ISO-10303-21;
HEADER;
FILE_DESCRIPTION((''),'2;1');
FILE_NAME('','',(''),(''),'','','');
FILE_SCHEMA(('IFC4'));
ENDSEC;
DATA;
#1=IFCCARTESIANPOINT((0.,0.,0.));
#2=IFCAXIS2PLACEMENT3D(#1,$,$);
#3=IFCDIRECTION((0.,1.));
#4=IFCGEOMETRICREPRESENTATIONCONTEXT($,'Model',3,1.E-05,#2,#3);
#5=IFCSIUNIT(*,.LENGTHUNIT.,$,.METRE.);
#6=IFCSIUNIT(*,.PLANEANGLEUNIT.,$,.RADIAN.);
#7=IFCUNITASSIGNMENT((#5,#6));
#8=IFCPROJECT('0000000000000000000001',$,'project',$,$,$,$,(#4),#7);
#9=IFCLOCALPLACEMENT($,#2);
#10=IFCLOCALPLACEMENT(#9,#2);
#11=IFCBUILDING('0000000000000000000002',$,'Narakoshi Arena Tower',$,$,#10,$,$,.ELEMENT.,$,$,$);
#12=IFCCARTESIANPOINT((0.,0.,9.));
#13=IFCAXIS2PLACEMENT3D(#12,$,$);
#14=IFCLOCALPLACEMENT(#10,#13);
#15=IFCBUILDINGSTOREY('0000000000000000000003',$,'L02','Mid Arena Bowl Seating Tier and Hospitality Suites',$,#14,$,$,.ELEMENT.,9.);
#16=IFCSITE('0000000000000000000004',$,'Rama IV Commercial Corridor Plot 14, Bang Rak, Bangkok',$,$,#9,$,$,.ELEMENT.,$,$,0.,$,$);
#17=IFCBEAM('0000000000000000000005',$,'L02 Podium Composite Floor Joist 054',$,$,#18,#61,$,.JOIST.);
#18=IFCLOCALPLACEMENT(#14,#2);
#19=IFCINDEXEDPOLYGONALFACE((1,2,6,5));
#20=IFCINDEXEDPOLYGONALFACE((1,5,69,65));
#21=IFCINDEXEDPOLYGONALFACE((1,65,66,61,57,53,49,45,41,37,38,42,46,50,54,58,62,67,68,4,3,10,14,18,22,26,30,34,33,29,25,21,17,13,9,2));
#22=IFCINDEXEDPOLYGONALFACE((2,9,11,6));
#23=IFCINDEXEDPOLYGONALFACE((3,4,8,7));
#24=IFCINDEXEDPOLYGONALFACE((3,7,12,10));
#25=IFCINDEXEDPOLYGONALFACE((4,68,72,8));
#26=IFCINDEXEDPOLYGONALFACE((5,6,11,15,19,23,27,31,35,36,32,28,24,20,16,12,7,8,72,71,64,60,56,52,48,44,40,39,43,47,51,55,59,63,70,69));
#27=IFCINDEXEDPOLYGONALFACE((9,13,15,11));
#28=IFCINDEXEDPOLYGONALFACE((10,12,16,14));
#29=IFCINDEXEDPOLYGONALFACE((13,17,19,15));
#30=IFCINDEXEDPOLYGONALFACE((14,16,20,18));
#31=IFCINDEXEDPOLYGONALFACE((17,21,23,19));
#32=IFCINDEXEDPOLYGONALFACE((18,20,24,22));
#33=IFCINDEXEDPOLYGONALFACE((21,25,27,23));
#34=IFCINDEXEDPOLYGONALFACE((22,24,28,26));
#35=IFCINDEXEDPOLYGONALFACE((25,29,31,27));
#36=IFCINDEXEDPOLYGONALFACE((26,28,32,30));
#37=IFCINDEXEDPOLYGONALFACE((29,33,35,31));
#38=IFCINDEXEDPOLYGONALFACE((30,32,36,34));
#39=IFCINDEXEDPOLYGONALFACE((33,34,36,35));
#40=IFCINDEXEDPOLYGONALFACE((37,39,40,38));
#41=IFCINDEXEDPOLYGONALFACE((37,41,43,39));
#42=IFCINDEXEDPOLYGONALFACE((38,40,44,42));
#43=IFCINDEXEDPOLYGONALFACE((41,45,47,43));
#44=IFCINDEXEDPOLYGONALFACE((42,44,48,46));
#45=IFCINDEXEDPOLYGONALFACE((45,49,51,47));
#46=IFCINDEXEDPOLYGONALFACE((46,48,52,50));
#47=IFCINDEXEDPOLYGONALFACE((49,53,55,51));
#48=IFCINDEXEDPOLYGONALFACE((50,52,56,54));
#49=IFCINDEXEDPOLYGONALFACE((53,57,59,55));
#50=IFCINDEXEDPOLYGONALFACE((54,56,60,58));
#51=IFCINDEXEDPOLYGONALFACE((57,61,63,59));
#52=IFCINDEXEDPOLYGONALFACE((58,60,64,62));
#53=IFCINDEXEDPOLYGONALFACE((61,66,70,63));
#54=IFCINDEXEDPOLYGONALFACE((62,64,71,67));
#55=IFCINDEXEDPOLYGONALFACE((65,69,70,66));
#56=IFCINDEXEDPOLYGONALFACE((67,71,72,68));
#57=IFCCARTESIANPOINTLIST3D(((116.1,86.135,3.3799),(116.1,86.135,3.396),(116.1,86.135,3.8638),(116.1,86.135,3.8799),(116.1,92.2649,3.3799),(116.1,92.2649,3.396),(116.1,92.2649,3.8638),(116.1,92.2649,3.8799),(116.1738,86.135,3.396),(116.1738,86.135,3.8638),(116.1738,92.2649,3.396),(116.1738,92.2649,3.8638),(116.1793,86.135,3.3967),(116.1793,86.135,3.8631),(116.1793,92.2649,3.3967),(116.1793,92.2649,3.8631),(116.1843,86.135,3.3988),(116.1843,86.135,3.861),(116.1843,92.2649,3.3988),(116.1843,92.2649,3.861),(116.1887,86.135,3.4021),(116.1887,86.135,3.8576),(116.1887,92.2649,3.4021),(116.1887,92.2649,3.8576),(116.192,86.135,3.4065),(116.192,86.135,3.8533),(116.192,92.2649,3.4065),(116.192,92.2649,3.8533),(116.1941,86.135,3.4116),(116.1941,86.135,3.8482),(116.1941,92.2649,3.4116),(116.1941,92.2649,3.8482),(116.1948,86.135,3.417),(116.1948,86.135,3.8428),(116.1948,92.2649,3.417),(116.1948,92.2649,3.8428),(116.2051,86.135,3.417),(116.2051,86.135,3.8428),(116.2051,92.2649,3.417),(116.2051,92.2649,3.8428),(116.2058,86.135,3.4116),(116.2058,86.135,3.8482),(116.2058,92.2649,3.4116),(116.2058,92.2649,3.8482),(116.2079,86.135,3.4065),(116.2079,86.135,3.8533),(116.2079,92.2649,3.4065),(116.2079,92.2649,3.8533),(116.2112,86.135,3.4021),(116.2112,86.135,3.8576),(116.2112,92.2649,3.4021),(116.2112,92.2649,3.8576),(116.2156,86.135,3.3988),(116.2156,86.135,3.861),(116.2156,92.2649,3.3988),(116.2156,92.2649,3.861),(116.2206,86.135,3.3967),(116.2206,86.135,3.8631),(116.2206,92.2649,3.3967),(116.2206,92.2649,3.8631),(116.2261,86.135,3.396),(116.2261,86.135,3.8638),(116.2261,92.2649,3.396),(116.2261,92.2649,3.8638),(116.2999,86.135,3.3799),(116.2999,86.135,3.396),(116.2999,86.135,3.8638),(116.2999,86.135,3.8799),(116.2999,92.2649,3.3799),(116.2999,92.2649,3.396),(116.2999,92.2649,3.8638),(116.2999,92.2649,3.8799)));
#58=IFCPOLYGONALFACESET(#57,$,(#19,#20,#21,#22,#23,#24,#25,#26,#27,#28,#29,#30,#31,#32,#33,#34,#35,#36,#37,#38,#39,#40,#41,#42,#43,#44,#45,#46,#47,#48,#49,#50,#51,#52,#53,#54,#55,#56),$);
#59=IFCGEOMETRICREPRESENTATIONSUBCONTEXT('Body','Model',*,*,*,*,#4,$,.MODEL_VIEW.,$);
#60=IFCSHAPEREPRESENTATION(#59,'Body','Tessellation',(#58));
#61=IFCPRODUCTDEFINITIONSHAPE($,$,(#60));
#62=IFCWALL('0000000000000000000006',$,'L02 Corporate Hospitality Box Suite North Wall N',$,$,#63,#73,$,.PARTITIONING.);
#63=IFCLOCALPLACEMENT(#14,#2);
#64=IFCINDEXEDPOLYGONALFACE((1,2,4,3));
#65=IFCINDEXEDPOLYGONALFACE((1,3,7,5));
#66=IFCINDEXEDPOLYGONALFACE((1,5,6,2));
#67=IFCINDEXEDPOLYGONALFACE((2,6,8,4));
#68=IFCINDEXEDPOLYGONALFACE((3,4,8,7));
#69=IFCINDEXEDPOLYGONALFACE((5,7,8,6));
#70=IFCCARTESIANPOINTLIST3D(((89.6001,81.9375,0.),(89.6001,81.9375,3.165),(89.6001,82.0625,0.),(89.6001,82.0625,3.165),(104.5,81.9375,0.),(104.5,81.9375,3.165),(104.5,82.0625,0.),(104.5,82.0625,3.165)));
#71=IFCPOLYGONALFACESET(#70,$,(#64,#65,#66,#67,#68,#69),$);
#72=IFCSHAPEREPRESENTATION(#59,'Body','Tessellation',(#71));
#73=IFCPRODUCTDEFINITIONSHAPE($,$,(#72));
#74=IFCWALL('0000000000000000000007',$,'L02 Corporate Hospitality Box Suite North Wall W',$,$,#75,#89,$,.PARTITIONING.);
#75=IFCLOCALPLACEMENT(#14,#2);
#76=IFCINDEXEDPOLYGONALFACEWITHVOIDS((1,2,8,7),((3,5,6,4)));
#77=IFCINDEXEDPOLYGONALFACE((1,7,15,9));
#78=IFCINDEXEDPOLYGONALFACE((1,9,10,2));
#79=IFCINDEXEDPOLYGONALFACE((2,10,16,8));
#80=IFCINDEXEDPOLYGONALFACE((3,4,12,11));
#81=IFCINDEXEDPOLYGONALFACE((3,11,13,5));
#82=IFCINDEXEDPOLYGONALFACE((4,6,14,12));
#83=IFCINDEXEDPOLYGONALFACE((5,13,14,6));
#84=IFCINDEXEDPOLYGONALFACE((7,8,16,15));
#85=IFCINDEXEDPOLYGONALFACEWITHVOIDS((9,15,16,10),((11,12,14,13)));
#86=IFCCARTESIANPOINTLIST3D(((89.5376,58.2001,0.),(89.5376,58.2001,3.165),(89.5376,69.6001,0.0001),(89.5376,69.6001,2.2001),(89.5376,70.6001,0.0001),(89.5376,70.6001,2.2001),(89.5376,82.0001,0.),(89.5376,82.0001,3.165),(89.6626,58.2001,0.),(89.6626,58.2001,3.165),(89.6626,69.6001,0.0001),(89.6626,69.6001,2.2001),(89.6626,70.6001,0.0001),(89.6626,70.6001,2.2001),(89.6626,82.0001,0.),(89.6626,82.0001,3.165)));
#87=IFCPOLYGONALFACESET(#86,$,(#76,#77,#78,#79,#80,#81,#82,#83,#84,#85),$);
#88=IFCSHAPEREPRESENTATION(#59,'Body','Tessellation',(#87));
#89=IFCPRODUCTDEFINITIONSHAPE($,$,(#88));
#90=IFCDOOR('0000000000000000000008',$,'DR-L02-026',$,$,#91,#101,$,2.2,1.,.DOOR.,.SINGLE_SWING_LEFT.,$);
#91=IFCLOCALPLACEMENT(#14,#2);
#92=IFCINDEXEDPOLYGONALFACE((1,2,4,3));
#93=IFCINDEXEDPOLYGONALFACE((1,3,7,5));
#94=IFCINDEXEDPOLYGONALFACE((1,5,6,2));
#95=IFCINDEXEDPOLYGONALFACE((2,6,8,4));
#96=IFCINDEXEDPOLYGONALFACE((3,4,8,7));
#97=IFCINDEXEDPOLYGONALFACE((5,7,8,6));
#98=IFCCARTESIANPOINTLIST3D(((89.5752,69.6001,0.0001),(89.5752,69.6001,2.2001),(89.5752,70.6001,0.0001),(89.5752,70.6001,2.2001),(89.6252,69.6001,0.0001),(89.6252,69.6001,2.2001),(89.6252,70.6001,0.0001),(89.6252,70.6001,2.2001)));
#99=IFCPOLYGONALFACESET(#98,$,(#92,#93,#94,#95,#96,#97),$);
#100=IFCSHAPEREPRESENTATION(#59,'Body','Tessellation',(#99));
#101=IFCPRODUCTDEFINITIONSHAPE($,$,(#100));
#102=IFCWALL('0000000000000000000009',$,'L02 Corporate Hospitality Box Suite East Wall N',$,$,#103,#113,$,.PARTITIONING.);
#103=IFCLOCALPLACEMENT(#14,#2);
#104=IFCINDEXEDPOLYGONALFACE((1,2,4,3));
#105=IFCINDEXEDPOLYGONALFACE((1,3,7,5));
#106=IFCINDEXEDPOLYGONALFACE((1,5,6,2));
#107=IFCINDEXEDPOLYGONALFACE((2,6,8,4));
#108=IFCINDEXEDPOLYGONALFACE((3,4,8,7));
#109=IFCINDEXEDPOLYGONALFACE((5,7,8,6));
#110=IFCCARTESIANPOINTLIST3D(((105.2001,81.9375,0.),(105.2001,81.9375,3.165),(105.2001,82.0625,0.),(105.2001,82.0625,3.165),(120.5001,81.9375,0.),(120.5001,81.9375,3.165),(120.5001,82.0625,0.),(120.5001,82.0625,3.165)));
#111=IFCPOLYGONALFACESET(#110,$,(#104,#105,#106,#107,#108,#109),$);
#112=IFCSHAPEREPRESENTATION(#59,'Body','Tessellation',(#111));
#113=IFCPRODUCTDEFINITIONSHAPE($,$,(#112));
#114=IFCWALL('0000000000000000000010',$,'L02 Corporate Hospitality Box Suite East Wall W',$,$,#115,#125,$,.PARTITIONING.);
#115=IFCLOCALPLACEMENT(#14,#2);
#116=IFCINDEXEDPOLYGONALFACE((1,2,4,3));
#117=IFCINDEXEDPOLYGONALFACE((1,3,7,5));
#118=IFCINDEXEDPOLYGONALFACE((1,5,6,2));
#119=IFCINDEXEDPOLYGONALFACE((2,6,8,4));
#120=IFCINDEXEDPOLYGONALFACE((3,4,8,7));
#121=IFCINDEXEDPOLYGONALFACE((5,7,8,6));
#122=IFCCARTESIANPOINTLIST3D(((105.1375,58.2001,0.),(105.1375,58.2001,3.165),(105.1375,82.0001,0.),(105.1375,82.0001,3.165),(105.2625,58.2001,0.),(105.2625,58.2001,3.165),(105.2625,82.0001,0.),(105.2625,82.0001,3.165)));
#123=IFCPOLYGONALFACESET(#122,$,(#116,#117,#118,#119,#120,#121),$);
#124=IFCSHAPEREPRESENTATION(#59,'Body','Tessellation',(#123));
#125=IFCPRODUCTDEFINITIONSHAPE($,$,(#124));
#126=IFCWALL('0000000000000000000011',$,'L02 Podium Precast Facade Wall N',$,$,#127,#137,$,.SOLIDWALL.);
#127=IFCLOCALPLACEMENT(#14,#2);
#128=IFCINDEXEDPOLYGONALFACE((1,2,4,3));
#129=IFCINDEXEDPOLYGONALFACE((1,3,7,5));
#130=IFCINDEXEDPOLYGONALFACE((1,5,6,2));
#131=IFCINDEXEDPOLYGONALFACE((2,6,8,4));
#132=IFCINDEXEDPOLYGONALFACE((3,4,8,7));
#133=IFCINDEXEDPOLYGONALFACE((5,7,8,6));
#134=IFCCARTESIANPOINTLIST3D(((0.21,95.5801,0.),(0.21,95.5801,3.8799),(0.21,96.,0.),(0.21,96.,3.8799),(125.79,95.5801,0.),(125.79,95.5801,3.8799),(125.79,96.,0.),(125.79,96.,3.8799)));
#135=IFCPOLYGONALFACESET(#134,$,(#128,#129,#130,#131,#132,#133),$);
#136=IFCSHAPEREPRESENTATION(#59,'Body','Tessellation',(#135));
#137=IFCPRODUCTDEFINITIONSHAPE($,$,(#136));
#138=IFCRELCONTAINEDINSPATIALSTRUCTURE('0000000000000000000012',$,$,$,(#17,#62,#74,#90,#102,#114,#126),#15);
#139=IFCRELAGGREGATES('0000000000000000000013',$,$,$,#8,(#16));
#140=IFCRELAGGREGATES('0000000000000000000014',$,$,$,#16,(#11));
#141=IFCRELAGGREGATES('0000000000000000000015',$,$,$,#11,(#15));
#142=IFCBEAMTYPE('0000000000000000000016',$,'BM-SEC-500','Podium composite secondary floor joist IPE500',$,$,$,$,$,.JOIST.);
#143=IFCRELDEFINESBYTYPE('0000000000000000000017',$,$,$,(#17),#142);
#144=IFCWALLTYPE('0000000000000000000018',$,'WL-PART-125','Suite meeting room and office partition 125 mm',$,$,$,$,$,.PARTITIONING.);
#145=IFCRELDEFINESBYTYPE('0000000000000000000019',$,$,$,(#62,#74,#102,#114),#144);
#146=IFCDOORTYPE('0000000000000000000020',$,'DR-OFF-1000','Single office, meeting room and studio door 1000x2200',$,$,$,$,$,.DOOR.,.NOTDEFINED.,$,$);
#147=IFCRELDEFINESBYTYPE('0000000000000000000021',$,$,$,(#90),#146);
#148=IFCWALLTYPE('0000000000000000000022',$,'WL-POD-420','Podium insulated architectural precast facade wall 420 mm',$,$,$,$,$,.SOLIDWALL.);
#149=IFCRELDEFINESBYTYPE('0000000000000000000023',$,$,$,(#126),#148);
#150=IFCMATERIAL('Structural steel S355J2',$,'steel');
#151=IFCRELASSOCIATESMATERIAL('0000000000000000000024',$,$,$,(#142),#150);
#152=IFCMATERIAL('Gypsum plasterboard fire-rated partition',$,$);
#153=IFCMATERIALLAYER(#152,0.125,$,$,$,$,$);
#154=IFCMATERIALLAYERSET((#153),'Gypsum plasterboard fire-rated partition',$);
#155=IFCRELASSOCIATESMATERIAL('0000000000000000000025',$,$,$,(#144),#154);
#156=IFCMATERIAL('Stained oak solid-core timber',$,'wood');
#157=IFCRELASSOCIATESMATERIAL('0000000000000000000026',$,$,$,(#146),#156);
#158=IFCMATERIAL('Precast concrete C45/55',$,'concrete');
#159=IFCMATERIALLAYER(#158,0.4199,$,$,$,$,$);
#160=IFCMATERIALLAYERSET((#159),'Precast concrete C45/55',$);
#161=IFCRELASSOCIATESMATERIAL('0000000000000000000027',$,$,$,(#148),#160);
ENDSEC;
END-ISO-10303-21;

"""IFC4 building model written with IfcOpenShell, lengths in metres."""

from ifc_helpers import new_model, si_unit, direction, frame, frame_2d, origin, origin_2d, place, context, subcontext, project, spatial, rectangle, i_section, extrude, material, layer, layer_set, material_profile, profile_set, type_object, element, fill, save


model = new_model("IFC4")

# Units and contexts
model_context = context("Model", 3, precision=1e-05, world=origin(), true_north=direction((0.0, 1.0)))
body_context = subcontext(model_context, "Body", "Model", "MODEL_VIEW")
ifc_project = project(units=[si_unit("LENGTHUNIT", "METRE"), si_unit("PLANEANGLEUNIT", "RADIAN")], contexts=[model_context])

# Site, building, storey
site_placement = place(None, origin())
site = spatial("IfcSite", under=ifc_project, at=site_placement, Name="Rama IV Commercial Corridor Plot 14, Bang Rak, Bangkok", CompositionType="ELEMENT", RefElevation=0.0)
building_placement = place(site_placement, origin())
building = spatial("IfcBuilding", under=site, at=building_placement, Name="Narakoshi Arena Tower", CompositionType="ELEMENT")
storey_placement = place(building_placement, frame((0.0, 0.0, 9.0)))
storey = spatial("IfcBuildingStorey", under=building, at=storey_placement, Name="L02", Description="Mid Arena Bowl Seating Tier and Hospitality Suites", CompositionType="ELEMENT", Elevation=9.0)

# Beam
ifc_material_1 = material(Name="Structural steel S355J2", Category="steel")
ifc_material_profile_1 = material_profile(ifc_material_1, i_section(OverallWidth=0.2, OverallDepth=0.5, WebThickness=0.0103, FlangeThickness=0.0161, FilletRadius=0.021, at=origin_2d()), Name="IPE500")
ifc_profile_set_1 = profile_set([ifc_material_profile_1], Name="Structural steel S355J2")
beam_type_1 = type_object("IfcBeamType", Name="BM-SEC-500", Description="Podium composite secondary floor joist IPE500", PredefinedType="JOIST", material=ifc_profile_set_1)
beam_1_placement = place(storey_placement, frame((116.2, 86.135, 3.6299), z_axis=(0.0, 1.0, 0.0), x_axis=(-1.0, 0.0, 0.0)))
element("IfcBeam", 1, at=beam_1_placement, inside=storey, type_object=beam_type_1, Name="L02 Podium Composite Floor Joist 054", PredefinedType="JOIST", context=body_context, shape_type="SweptSolid", body=[
    extrude(i_section(OverallWidth=0.2, OverallDepth=0.5, WebThickness=0.0103, FlangeThickness=0.0161, FilletRadius=0.021, at=origin_2d()), origin(), (0.0, 0.0, 1.0), 6.1299),
])

# Wall
ifc_material_2 = material(Name="Gypsum plasterboard fire-rated partition")
ifc_layer_1 = layer(ifc_material_2, 0.125)
ifc_layer_set_1 = layer_set([ifc_layer_1], Name="Gypsum plasterboard fire-rated partition")
wall_type_1 = type_object("IfcWallType", Name="WL-PART-125", Description="Suite meeting room and office partition 125 mm", PredefinedType="PARTITIONING", material=ifc_layer_set_1)
wall_1_placement = place(storey_placement, frame((104.5, 82.0, 0.0), z_axis=(0.0, 0.0, 1.0), x_axis=(-1.0, 0.0, 0.0)))
element("IfcWall", 2, at=wall_1_placement, inside=storey, type_object=wall_type_1, Name="L02 Corporate Hospitality Box Suite North Wall N", PredefinedType="PARTITIONING", context=body_context, shape_type="SweptSolid", body=[
    extrude(rectangle(XDim=14.8999, YDim=0.125, at=frame_2d((7.45, 0.0))), origin(), (0.0, 0.0, 1.0), 3.165),
])

# Wall, opening, door
wall_2_placement = place(storey_placement, frame((89.6001, 82.0, 0.0), z_axis=(0.0, 0.0, 1.0), x_axis=(0.0, -1.0, 0.0)))
wall_2 = element("IfcWall", 3, at=wall_2_placement, inside=storey, type_object=wall_type_1, Name="L02 Corporate Hospitality Box Suite North Wall W", PredefinedType="PARTITIONING", context=body_context, shape_type="SweptSolid", body=[
    extrude(rectangle(XDim=23.8, YDim=0.125, at=frame_2d((11.8999, 0.0))), origin(), (0.0, 0.0, 1.0), 3.165),
])
opening_placement = place(wall_2_placement, frame((11.3999, 0.0, 0.0)))
opening = element("IfcOpeningElement", 4, at=opening_placement, cuts=wall_2, PredefinedType="OPENING", context=body_context, shape_type="SweptSolid", body=[
    extrude(rectangle(XDim=1.0, YDim=2.2, at=frame_2d((0.5, 1.1001))), frame((0.0, 0.0725, 0.0), z_axis=(0.0, -1.0, 0.0), x_axis=(1.0, 0.0, 0.0)), (0.0, 0.0, 1.0), 0.145),
])
ifc_material_3 = material(Name="Stained oak solid-core timber", Category="wood")
door_type = type_object("IfcDoorType", Name="DR-OFF-1000", Description="Single office, meeting room and studio door 1000x2200", OperationType="NOTDEFINED", PredefinedType="DOOR", material=ifc_material_3)
door_placement = place(opening_placement, frame((1.0, 0.0, 0.0), z_axis=(0.0, 0.0, 1.0), x_axis=(-1.0, 0.0, 0.0)))
door = element("IfcDoor", 5, at=door_placement, inside=storey, type_object=door_type, Name="DR-L02-026", OperationType="SINGLE_SWING_LEFT", OverallHeight=2.2, OverallWidth=1.0, PredefinedType="DOOR", context=body_context, shape_type="SweptSolid", body=[
    extrude(rectangle(XDim=1.0, YDim=2.2, at=frame_2d((0.5, 1.1001))), frame((0.0, 0.0249, 0.0), z_axis=(0.0, -1.0, 0.0), x_axis=(1.0, 0.0, 0.0)), (0.0, 0.0, 1.0), 0.05),
])
fill(opening, door)

# Walls
wall_3_placement = place(storey_placement, frame((120.5, 82.0, 0.0), z_axis=(0.0, 0.0, 1.0), x_axis=(-1.0, 0.0, 0.0)))
element("IfcWall", 6, at=wall_3_placement, inside=storey, type_object=wall_type_1, Name="L02 Corporate Hospitality Box Suite East Wall N", PredefinedType="PARTITIONING", context=body_context, shape_type="SweptSolid", body=[
    extrude(rectangle(XDim=15.3, YDim=0.125, at=frame_2d((7.6499, 0.0))), origin(), (0.0, 0.0, 1.0), 3.165),
])
wall_4_placement = place(storey_placement, frame((105.2, 82.0, 0.0), z_axis=(0.0, 0.0, 1.0), x_axis=(0.0, -1.0, 0.0)))
element("IfcWall", 7, at=wall_4_placement, inside=storey, type_object=wall_type_1, Name="L02 Corporate Hospitality Box Suite East Wall W", PredefinedType="PARTITIONING", context=body_context, shape_type="SweptSolid", body=[
    extrude(rectangle(XDim=23.8, YDim=0.125, at=frame_2d((11.8999, 0.0))), origin(), (0.0, 0.0, 1.0), 3.165),
])
ifc_material_4 = material(Name="Precast concrete C45/55", Category="concrete")
ifc_layer_2 = layer(ifc_material_4, 0.4199)
ifc_layer_set_2 = layer_set([ifc_layer_2], Name="Precast concrete C45/55")
wall_type_2 = type_object("IfcWallType", Name="WL-POD-420", Description="Podium insulated architectural precast facade wall 420 mm", PredefinedType="SOLIDWALL", material=ifc_layer_set_2)
wall_5_placement = place(storey_placement, frame((125.79, 95.79, 0.0), z_axis=(0.0, 0.0, 1.0), x_axis=(-1.0, 0.0, 0.0)))
element("IfcWall", 8, at=wall_5_placement, inside=storey, type_object=wall_type_2, Name="L02 Podium Precast Facade Wall N", PredefinedType="SOLIDWALL", context=body_context, shape_type="SweptSolid", body=[
    extrude(rectangle(XDim=125.5801, YDim=0.4199, at=frame_2d((62.79, 0.0))), origin(), (0.0, 0.0, 1.0), 3.8799),
])

save(model, "model.ifc")
